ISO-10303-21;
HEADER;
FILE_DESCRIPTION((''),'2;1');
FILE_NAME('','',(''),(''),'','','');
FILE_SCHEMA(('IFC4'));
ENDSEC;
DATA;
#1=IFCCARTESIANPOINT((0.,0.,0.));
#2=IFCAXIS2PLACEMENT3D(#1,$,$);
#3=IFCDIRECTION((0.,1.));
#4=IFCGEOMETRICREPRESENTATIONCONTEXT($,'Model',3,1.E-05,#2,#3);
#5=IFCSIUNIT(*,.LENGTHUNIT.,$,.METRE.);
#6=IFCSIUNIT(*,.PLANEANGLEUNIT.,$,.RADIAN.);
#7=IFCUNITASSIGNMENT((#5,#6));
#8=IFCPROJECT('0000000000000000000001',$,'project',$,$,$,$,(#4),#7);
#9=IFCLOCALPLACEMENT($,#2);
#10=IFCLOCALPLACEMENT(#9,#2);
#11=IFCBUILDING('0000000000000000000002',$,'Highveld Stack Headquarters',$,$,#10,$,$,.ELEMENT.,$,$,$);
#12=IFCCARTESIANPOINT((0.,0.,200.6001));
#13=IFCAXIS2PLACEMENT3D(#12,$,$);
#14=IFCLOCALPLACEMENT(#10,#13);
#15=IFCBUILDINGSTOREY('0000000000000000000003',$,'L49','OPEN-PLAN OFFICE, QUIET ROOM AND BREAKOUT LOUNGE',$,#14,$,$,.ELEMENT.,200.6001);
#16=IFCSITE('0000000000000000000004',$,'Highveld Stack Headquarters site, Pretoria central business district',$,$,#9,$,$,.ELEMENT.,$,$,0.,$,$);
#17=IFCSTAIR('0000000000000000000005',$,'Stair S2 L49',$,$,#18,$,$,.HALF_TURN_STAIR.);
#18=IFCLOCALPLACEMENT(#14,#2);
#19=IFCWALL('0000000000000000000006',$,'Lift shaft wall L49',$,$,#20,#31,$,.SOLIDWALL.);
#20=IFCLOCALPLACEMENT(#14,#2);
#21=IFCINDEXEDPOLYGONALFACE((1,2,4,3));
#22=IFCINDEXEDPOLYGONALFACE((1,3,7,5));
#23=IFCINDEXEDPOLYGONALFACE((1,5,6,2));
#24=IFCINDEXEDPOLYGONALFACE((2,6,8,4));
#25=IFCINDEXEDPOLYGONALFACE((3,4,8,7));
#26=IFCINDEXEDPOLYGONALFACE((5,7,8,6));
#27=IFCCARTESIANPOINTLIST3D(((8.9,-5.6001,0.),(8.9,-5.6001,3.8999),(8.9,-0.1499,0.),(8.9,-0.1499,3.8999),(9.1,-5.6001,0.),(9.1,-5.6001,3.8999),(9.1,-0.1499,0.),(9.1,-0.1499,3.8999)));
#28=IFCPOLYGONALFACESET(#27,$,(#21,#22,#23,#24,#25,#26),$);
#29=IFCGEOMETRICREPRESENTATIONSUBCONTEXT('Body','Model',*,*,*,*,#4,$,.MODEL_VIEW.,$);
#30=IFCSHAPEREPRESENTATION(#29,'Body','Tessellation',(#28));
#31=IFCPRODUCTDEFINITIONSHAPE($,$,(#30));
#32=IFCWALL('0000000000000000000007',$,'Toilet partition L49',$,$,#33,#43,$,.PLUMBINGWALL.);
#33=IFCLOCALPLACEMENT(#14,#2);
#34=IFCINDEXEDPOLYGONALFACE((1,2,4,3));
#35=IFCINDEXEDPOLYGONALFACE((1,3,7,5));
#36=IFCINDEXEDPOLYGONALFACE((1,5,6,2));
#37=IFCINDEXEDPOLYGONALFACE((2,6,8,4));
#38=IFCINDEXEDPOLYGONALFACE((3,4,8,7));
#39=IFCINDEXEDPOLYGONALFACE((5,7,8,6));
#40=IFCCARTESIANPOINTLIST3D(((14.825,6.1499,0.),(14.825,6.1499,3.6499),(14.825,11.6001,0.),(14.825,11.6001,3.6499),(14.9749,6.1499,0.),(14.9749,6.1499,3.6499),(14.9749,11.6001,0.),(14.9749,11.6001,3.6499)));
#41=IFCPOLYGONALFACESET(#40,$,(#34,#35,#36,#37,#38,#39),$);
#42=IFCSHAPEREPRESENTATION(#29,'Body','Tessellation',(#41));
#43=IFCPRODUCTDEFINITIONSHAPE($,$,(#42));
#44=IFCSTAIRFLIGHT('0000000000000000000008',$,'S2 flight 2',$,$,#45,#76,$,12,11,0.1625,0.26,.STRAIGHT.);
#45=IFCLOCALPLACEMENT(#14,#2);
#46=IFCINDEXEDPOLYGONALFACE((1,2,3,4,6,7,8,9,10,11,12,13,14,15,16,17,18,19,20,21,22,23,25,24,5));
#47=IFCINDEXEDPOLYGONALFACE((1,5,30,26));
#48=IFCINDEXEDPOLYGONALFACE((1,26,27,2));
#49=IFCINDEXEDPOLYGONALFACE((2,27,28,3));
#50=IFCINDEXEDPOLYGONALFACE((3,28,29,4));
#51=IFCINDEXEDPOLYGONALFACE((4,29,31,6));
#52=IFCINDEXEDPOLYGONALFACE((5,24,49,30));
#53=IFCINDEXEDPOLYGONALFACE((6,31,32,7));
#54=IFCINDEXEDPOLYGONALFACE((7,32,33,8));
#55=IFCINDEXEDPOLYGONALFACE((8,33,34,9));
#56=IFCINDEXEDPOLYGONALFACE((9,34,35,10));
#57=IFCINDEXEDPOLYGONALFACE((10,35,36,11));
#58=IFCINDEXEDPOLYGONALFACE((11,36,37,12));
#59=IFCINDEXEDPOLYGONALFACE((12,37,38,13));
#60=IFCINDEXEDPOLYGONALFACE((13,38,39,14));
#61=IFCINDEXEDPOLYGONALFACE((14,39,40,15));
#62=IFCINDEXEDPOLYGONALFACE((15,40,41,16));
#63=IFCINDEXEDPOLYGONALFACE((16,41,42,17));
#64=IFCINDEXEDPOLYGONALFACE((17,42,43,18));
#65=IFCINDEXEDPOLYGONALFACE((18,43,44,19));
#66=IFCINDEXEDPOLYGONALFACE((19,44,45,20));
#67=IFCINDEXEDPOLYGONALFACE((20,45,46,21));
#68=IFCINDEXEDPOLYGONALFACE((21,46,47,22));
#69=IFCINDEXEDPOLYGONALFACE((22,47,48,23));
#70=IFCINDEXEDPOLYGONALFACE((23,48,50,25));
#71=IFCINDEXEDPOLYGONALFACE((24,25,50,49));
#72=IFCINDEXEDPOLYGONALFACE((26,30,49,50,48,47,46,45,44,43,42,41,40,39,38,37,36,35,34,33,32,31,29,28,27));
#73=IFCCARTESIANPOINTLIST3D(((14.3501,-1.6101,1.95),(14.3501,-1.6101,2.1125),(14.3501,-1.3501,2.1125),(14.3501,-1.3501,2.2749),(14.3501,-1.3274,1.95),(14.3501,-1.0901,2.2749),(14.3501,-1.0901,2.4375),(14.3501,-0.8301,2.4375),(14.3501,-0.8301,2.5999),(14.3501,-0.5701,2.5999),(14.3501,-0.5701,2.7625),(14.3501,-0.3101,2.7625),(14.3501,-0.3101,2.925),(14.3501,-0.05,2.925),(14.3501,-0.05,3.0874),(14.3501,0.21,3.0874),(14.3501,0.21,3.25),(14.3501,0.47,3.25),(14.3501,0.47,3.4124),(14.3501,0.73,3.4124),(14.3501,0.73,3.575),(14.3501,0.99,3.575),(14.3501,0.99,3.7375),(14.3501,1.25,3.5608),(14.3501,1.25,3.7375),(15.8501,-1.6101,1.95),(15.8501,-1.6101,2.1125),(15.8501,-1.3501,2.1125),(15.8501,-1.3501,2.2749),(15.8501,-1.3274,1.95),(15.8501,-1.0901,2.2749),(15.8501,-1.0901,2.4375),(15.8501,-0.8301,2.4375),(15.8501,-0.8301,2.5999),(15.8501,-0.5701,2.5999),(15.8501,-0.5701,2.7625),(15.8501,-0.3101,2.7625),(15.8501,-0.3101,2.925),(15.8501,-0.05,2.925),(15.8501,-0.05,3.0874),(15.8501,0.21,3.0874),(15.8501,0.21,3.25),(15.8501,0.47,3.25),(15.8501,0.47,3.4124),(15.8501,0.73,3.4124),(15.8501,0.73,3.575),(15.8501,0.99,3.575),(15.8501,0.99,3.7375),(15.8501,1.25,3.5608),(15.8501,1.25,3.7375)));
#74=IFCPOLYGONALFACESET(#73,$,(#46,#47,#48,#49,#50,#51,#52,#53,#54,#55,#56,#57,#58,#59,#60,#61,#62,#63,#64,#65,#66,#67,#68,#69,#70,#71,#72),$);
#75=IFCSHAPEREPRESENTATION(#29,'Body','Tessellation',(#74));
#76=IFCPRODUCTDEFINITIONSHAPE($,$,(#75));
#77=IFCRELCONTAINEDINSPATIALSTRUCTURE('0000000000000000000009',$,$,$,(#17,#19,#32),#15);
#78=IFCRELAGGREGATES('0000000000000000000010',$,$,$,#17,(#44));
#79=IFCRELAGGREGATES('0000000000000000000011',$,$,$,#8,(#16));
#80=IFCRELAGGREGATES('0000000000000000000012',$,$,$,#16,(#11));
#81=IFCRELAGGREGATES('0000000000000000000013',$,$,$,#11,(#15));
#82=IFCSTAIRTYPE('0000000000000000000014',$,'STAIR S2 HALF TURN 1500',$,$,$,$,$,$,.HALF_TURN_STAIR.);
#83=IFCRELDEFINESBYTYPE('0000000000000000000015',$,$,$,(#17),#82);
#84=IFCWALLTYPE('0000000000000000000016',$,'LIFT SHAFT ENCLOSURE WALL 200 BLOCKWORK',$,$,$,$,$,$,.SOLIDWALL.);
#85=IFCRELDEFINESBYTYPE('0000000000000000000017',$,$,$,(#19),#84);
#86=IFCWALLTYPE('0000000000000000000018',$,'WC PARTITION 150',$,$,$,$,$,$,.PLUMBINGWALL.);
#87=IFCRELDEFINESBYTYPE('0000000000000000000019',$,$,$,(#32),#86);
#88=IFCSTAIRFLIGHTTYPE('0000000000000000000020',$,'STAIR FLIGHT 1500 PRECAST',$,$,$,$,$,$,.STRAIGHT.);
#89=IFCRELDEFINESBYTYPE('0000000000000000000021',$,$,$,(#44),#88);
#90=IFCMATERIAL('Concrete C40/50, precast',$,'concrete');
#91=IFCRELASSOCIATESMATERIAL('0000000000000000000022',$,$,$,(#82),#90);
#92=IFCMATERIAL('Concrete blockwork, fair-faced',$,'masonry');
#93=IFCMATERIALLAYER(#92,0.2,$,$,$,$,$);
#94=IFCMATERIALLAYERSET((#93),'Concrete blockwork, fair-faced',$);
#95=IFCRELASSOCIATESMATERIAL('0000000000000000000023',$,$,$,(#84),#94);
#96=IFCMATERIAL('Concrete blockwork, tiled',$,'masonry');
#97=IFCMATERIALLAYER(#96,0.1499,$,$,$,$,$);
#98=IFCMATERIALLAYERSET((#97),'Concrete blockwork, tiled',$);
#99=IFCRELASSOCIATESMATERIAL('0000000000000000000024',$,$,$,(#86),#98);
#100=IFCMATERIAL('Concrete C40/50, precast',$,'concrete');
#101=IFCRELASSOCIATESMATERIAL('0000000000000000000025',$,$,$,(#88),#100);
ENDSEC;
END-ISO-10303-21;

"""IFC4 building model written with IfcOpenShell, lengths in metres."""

from ifc_helpers import new_model, si_unit, direction, frame, frame_2d, origin, place, context, subcontext, project, spatial, polyline, rectangle, outline, extrude, material, layer, layer_set, type_object, element, aggregate, save


model = new_model("IFC4")

# Units and contexts
model_context = context("Model", 3, precision=1e-05, world=origin(), true_north=direction((0.0, 1.0)))
body_context = subcontext(model_context, "Body", "Model", "MODEL_VIEW")
ifc_project = project(units=[si_unit("LENGTHUNIT", "METRE"), si_unit("PLANEANGLEUNIT", "RADIAN")], contexts=[model_context])

# Site, building, storey
site_placement = place(None, origin())
site = spatial("IfcSite", under=ifc_project, at=site_placement, Name="Highveld Stack Headquarters site, Pretoria central business district", CompositionType="ELEMENT", RefElevation=0.0)
building_placement = place(site_placement, origin())
building = spatial("IfcBuilding", under=site, at=building_placement, Name="Highveld Stack Headquarters", CompositionType="ELEMENT")
storey_placement = place(building_placement, frame((0.0, 0.0, 200.6001)))
storey = spatial("IfcBuildingStorey", under=building, at=storey_placement, Name="L49", Description="OPEN-PLAN OFFICE, QUIET ROOM AND BREAKOUT LOUNGE", CompositionType="ELEMENT", Elevation=200.6001)

# Stair
ifc_material_1 = material(Name="Concrete C40/50, precast", Category="concrete")
stair_type_1 = type_object("IfcStairType", Name="STAIR S2 HALF TURN 1500", PredefinedType="HALF_TURN_STAIR", material=ifc_material_1)
stair_1_placement = place(storey_placement, origin())
stair_1 = element("IfcStair", 1, at=stair_1_placement, inside=storey, type_object=stair_type_1, Name="Stair S2 L49", PredefinedType="HALF_TURN_STAIR")

# Walls
ifc_material_2 = material(Name="Concrete blockwork, fair-faced", Category="masonry")
ifc_layer_1 = layer(ifc_material_2, 0.2)
ifc_layer_set_1 = layer_set([ifc_layer_1], Name="Concrete blockwork, fair-faced")
wall_type_1 = type_object("IfcWallType", Name="LIFT SHAFT ENCLOSURE WALL 200 BLOCKWORK", PredefinedType="SOLIDWALL", material=ifc_layer_set_1)
for number, where, z_axis, x_axis, name in (
    (2, (9.0, -5.6001, 0.0), (0.0, 0.0, 1.0), (0.0, 1.0, 0.0), "Lift shaft wall L49"),
):
    element("IfcWall", number, at=place(storey_placement, frame(where, z_axis=z_axis, x_axis=x_axis)), inside=storey, type_object=wall_type_1, Name=name, PredefinedType="SOLIDWALL", context=body_context, shape_type="SweptSolid", body=[
        extrude(rectangle(XDim=5.4502, YDim=0.2, at=frame_2d((2.7251, 0.0))), origin(), (0.0, 0.0, 1.0), 3.8999),
    ])
ifc_material_3 = material(Name="Concrete blockwork, tiled", Category="masonry")
ifc_layer_2 = layer(ifc_material_3, 0.1499)
ifc_layer_set_2 = layer_set([ifc_layer_2], Name="Concrete blockwork, tiled")
wall_type_2 = type_object("IfcWallType", Name="WC PARTITION 150", PredefinedType="PLUMBINGWALL", material=ifc_layer_set_2)
wall_1_placement = place(storey_placement, frame((14.8999, 6.1499, 0.0), z_axis=(0.0, 0.0, 1.0), x_axis=(0.0, 1.0, 0.0)))
element("IfcWall", 3, at=wall_1_placement, inside=storey, type_object=wall_type_2, Name="Toilet partition L49", PredefinedType="PLUMBINGWALL", context=body_context, shape_type="SweptSolid", body=[
    extrude(rectangle(XDim=5.4502, YDim=0.1499, at=frame_2d((2.7251, 0.0))), origin(), (0.0, 0.0, 1.0), 3.6499),
])

# Stair flight
ifc_material_4 = material(Name="Concrete C40/50, precast", Category="concrete")
stair_flight_type = type_object("IfcStairFlightType", Name="STAIR FLIGHT 1500 PRECAST", PredefinedType="STRAIGHT", material=ifc_material_4)
stair_flight_placement = place(storey_placement, frame((15.1001, -1.6101, 1.95), z_axis=(0.0, 0.0, 1.0), x_axis=(0.0, 1.0, 0.0)))
stair_flight = element("IfcStairFlight", 4, at=stair_flight_placement, type_object=stair_flight_type, Name="S2 flight 2", NumberOfRisers=12, NumberOfTreads=11, PredefinedType="STRAIGHT", RiserHeight=0.1625, TreadLength=0.26, context=body_context, shape_type="SweptSolid", body=[
    extrude(outline(polyline([(0.0, 0.0), (0.0, 0.1626), (0.26, 0.1626), (0.26, 0.325), (0.52, 0.325), (0.52, 0.4875), (0.78, 0.4875), (0.78, 0.6499), (1.04, 0.6499), (1.04, 0.8125), (1.3, 0.8125), (1.3, 0.9751), (1.5601, 0.9751), (1.5601, 1.1375), (1.8201, 1.1375), (1.8201, 1.3), (2.0801, 1.3), (2.0801, 1.4624), (2.3401, 1.4624), (2.3401, 1.625), (2.6001, 1.625), (2.6001, 1.7876), (2.8601, 1.7876), (2.8601, 1.95), (2.8601, 1.6108), (0.2827, 0.0), (0.0, 0.0)])), frame((0.0, 0.75, 0.0), z_axis=(0.0, -1.0, 0.0), x_axis=(1.0, 0.0, 0.0)), (0.0, 0.0, 1.0), 1.5),
])
aggregate(stair_1, [stair_flight])

save(model, "model.ifc")
